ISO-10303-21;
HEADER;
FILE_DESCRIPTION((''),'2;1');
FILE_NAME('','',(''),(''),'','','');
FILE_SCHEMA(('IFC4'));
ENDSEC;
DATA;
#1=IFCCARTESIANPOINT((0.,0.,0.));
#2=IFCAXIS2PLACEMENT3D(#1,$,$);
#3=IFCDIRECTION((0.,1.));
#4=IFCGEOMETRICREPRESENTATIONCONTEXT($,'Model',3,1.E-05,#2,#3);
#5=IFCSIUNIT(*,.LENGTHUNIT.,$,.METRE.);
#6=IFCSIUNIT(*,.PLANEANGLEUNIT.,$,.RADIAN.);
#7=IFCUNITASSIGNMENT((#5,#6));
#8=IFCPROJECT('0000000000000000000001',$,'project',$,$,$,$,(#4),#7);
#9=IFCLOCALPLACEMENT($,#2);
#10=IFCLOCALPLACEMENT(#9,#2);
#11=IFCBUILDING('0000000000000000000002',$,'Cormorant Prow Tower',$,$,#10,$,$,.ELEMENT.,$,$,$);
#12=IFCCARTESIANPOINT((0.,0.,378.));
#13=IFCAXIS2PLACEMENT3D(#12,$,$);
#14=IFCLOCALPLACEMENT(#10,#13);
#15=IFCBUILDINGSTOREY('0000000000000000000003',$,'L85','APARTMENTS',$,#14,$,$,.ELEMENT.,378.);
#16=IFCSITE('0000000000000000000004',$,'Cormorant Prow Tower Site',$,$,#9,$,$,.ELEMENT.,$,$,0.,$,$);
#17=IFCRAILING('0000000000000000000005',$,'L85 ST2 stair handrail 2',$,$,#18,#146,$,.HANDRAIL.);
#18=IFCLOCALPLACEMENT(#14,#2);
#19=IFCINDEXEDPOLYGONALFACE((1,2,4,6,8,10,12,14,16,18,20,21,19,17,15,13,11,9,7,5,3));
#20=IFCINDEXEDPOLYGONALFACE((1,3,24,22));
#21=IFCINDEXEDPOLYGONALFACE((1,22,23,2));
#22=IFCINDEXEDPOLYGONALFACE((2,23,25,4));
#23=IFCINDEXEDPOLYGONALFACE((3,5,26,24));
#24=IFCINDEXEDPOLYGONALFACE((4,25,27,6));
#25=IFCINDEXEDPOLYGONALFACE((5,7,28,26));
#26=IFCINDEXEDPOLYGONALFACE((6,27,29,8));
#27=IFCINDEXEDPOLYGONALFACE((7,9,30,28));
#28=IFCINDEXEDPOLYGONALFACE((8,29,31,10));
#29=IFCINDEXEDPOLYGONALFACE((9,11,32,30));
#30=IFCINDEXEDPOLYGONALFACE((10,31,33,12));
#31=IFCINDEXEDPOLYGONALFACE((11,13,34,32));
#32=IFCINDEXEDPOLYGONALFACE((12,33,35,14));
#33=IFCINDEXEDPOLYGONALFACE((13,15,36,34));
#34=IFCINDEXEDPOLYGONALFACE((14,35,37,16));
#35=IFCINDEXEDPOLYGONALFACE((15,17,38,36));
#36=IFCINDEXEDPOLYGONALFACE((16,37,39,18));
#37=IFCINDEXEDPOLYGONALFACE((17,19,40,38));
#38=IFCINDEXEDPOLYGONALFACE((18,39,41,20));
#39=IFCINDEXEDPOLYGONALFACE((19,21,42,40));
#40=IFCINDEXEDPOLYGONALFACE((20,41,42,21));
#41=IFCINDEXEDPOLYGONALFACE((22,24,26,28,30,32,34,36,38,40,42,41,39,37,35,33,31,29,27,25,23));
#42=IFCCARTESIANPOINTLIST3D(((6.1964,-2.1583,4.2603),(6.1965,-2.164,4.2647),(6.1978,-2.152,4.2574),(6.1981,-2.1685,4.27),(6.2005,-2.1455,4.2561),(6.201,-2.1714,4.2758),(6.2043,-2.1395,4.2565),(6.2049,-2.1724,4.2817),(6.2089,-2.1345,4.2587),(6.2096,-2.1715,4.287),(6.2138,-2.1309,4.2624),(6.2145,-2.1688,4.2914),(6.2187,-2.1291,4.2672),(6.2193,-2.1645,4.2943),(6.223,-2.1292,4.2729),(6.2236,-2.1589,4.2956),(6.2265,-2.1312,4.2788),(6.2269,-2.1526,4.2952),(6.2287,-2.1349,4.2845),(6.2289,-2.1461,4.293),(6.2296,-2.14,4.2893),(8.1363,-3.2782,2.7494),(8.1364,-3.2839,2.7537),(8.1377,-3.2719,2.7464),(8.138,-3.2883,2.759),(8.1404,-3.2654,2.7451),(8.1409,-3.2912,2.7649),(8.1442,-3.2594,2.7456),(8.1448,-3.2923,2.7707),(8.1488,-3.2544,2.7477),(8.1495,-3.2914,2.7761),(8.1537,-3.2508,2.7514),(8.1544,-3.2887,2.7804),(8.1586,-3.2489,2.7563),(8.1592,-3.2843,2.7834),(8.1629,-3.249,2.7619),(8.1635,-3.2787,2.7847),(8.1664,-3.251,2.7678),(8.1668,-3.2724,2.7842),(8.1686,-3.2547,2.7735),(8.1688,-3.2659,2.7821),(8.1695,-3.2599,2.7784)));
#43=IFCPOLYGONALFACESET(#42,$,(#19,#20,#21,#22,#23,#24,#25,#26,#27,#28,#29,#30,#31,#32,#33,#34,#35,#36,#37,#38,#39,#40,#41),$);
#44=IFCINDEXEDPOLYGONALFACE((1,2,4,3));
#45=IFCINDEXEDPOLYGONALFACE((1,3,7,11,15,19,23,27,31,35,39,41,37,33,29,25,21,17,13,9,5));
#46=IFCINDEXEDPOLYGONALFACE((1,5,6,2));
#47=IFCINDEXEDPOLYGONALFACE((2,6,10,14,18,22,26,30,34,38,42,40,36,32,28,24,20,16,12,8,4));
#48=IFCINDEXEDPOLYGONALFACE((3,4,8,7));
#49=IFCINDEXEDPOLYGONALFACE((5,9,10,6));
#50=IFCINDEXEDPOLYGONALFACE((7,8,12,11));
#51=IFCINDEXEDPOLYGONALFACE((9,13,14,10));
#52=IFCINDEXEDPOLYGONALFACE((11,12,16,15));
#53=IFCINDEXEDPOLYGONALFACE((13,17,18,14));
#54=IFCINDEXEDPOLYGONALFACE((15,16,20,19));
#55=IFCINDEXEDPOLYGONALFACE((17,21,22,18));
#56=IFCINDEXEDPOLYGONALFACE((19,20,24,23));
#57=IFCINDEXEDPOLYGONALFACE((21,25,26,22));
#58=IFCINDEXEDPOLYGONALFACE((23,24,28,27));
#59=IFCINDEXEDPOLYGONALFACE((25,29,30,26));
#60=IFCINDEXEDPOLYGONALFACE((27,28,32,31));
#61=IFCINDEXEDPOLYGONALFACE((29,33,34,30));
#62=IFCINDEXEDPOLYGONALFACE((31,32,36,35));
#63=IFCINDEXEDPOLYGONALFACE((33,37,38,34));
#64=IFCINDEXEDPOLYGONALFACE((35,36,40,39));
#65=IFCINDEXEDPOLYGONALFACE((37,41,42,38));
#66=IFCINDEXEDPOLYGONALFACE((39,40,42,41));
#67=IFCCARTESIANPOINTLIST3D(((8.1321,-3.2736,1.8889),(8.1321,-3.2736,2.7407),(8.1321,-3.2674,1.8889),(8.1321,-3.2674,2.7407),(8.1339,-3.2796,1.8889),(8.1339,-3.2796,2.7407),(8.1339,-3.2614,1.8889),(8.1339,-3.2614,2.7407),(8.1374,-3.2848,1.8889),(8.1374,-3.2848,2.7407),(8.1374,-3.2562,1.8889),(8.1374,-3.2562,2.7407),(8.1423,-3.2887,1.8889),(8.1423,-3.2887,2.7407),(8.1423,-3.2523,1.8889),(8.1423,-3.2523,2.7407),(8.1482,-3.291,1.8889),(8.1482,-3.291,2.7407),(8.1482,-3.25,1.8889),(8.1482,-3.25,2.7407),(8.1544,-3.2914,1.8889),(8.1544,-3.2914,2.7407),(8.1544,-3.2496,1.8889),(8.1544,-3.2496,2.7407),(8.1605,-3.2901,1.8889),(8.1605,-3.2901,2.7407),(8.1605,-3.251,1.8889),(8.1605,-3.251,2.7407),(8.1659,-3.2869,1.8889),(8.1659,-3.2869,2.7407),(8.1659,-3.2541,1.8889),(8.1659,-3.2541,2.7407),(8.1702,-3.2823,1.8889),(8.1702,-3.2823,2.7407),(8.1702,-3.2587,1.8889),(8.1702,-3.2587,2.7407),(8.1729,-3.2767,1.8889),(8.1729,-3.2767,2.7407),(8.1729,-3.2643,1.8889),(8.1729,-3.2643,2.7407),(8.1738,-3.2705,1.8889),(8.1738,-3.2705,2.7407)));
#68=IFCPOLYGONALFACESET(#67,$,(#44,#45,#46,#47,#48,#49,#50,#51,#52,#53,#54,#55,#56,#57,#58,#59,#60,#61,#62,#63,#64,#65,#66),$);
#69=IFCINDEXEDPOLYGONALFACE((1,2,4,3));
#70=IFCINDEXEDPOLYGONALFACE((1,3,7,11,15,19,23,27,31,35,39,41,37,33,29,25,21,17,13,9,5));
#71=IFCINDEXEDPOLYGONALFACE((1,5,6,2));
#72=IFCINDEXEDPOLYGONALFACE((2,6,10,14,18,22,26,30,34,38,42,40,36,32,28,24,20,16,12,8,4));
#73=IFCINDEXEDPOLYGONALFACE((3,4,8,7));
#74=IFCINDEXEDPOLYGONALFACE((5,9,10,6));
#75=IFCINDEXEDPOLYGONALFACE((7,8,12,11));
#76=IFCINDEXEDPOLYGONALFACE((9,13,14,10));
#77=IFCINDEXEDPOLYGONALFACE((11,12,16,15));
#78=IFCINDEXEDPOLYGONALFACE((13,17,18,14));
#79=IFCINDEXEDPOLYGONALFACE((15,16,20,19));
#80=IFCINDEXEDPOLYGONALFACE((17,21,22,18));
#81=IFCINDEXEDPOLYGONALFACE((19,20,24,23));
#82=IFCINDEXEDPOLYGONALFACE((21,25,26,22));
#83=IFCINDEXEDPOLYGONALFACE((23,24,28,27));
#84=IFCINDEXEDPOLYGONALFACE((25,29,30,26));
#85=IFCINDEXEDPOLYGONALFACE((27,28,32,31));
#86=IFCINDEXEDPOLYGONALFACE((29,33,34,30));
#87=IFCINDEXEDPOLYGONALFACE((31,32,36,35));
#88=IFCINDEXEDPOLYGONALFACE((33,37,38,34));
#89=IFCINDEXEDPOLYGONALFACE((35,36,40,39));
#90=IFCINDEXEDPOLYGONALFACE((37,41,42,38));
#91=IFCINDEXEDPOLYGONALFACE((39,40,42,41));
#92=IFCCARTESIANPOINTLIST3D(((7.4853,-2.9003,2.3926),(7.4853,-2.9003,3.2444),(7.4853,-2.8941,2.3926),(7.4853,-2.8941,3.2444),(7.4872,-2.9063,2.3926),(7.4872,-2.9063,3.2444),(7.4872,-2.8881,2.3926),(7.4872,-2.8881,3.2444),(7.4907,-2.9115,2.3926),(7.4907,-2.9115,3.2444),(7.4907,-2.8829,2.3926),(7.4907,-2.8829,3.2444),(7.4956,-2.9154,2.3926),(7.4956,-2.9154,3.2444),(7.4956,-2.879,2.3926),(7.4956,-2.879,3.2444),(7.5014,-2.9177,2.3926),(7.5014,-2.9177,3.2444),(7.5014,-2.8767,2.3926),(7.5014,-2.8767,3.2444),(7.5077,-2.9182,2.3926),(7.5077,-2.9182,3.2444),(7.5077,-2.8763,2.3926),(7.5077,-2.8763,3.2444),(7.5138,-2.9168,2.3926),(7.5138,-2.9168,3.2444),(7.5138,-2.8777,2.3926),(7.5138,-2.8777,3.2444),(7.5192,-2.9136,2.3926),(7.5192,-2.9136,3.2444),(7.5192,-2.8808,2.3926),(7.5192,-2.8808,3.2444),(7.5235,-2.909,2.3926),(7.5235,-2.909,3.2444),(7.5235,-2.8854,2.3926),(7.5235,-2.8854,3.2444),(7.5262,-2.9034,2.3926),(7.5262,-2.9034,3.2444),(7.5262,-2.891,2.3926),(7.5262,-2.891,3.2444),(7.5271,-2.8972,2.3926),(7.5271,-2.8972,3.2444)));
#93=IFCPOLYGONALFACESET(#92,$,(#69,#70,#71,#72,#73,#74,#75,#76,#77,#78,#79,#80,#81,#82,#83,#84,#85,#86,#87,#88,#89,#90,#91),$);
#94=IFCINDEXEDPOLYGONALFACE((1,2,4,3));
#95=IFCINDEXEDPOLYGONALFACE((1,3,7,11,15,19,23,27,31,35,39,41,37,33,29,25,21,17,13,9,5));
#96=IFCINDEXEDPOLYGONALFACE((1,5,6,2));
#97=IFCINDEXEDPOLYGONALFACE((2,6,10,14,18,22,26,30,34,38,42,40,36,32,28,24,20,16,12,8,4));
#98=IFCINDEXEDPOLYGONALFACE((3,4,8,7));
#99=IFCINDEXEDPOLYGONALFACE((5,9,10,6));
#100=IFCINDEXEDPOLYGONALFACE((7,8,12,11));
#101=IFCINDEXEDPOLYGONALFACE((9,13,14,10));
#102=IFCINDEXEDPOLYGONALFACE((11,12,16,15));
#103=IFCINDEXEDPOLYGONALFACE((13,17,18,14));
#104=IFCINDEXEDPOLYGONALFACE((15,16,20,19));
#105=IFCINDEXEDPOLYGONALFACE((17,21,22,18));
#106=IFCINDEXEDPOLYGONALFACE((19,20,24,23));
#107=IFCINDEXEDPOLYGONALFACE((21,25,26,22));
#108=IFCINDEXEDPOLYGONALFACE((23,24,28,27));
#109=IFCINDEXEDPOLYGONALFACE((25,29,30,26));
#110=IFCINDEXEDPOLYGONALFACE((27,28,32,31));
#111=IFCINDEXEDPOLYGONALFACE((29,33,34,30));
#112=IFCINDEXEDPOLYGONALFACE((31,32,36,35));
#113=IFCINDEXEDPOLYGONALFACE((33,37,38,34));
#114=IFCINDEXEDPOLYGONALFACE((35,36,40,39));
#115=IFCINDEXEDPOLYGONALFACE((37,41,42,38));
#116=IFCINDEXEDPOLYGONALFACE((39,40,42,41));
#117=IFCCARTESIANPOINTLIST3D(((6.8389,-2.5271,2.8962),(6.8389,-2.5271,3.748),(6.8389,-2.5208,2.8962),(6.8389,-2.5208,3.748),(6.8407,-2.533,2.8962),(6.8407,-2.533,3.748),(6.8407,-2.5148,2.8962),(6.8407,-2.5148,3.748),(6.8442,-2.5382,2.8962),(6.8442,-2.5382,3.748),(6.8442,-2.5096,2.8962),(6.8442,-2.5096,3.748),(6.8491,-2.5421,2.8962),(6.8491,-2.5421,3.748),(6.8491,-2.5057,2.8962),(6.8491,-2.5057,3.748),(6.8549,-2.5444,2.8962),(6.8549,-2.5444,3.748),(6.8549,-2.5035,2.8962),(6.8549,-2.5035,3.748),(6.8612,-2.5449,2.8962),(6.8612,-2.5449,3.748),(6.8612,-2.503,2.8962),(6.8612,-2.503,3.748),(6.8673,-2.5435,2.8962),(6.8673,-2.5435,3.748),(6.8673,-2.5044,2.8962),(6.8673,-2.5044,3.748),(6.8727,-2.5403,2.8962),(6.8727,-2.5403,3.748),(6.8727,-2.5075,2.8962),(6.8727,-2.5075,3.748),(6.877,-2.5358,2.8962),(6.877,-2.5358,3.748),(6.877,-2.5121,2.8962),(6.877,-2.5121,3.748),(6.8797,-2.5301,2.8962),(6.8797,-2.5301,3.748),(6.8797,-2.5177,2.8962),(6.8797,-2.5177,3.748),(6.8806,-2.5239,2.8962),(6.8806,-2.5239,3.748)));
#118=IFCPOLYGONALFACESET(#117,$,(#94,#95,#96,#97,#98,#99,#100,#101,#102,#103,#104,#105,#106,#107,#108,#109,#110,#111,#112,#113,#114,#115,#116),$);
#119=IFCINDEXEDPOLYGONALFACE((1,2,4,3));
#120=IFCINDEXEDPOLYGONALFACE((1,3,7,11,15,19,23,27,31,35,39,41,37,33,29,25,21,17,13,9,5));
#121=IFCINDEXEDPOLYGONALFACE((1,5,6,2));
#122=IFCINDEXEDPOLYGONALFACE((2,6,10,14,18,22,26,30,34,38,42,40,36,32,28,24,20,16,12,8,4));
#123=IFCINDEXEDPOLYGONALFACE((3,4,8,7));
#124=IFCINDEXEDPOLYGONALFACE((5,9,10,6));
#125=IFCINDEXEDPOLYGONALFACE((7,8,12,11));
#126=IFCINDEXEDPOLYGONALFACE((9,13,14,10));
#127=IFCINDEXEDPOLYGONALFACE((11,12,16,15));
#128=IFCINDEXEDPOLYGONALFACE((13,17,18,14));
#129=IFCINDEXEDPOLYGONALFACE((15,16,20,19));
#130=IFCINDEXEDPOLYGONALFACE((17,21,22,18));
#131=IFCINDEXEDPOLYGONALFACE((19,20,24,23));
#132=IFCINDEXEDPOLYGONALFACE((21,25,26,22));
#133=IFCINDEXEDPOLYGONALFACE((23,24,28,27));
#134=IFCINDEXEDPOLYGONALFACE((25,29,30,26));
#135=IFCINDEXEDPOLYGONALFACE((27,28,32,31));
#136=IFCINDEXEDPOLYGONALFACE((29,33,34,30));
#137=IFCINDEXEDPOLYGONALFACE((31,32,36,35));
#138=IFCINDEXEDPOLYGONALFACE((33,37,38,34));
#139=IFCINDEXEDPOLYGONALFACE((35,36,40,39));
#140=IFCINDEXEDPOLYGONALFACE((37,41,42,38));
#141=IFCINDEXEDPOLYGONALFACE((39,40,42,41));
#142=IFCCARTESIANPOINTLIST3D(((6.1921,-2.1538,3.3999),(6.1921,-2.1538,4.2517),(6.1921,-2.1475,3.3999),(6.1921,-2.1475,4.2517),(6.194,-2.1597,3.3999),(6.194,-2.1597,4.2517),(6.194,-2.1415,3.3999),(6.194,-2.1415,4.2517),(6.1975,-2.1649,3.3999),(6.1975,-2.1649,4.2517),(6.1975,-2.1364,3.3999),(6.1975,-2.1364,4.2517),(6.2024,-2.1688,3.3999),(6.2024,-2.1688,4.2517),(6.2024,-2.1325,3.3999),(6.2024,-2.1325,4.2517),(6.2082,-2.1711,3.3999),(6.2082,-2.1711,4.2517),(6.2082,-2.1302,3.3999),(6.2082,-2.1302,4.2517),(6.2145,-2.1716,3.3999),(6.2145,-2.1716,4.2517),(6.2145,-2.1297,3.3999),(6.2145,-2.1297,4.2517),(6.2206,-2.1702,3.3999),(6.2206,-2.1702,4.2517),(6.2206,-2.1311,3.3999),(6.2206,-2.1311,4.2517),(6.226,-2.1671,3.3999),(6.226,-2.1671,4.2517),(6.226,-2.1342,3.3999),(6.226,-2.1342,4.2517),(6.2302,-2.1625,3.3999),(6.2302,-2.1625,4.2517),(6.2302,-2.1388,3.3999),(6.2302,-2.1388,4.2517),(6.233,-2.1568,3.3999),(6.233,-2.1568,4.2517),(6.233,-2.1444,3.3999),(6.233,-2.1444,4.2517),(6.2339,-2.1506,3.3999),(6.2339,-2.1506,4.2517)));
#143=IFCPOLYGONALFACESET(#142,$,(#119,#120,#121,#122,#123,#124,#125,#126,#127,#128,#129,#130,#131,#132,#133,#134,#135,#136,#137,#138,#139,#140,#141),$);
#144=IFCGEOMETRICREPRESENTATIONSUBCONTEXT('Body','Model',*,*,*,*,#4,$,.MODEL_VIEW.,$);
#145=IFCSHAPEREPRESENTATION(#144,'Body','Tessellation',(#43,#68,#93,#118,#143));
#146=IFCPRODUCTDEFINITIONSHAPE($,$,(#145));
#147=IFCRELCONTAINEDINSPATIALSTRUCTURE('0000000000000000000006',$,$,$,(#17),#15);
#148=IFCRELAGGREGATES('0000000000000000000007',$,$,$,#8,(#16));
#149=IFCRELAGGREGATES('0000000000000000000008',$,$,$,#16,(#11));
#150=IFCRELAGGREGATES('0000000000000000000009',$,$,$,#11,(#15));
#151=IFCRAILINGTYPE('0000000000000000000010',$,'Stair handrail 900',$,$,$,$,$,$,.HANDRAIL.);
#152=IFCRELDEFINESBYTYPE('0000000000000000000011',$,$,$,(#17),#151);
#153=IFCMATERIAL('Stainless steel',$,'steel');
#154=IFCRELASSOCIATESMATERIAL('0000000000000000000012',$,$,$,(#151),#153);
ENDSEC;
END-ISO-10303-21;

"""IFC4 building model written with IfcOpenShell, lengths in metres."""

from ifc_helpers import new_model, si_unit, direction, frame, origin, origin_2d, place, context, subcontext, project, spatial, circle, extrude, material, type_object, element, save


model = new_model("IFC4")

# Units and contexts
model_context = context("Model", 3, precision=1e-05, world=origin(), true_north=direction((0.0, 1.0)))
body_context = subcontext(model_context, "Body", "Model", "MODEL_VIEW")
ifc_project = project(units=[si_unit("LENGTHUNIT", "METRE"), si_unit("PLANEANGLEUNIT", "RADIAN")], contexts=[model_context])

# Site, building, storey
site_placement = place(None, origin())
site = spatial("IfcSite", under=ifc_project, at=site_placement, Name="Cormorant Prow Tower Site", CompositionType="ELEMENT", RefElevation=0.0)
building_placement = place(site_placement, origin())
building = spatial("IfcBuilding", under=site, at=building_placement, Name="Cormorant Prow Tower", CompositionType="ELEMENT")
storey_placement = place(building_placement, frame((0.0, 0.0, 378.0)))
storey = spatial("IfcBuildingStorey", under=building, at=storey_placement, Name="L85", Description="APARTMENTS", CompositionType="ELEMENT", Elevation=378.0)

# Railing
ifc_material_1 = material(Name="Stainless steel", Category="steel")
railing_type = type_object("IfcRailingType", Name="Stair handrail 900", PredefinedType="HANDRAIL", material=ifc_material_1)
railing_placement = place(storey_placement, frame((8.1528, -3.2705, 1.8889)))
element("IfcRailing", 1, at=railing_placement, inside=storey, type_object=railing_type, Name="L85 ST2 stair handrail 2", PredefinedType="HANDRAIL", context=body_context, shape_type="SweptSolid", body=[
    extrude(circle(Radius=0.0239, at=origin_2d()), frame((0.0, 0.0, 0.876), z_axis=(-0.717977, 0.414467, 0.559219), x_axis=(-0.499949, -0.866055, 0.0)), (0.0, 0.0, 1.0), 2.7019),
    extrude(circle(Radius=0.021, at=origin_2d()), origin(), (0.0, 0.0, 1.0), 0.8518),
    extrude(circle(Radius=0.021, at=origin_2d()), frame((-0.6467, 0.3733, 0.5037)), (0.0, 0.0, 1.0), 0.8518),
    extrude(circle(Radius=0.021, at=origin_2d()), frame((-1.2932, 0.7466, 1.0073)), (0.0, 0.0, 1.0), 0.8518),
    extrude(circle(Radius=0.021, at=origin_2d()), frame((-1.9399, 1.1199, 1.511)), (0.0, 0.0, 1.0), 0.8518),
])

save(model, "model.ifc")
